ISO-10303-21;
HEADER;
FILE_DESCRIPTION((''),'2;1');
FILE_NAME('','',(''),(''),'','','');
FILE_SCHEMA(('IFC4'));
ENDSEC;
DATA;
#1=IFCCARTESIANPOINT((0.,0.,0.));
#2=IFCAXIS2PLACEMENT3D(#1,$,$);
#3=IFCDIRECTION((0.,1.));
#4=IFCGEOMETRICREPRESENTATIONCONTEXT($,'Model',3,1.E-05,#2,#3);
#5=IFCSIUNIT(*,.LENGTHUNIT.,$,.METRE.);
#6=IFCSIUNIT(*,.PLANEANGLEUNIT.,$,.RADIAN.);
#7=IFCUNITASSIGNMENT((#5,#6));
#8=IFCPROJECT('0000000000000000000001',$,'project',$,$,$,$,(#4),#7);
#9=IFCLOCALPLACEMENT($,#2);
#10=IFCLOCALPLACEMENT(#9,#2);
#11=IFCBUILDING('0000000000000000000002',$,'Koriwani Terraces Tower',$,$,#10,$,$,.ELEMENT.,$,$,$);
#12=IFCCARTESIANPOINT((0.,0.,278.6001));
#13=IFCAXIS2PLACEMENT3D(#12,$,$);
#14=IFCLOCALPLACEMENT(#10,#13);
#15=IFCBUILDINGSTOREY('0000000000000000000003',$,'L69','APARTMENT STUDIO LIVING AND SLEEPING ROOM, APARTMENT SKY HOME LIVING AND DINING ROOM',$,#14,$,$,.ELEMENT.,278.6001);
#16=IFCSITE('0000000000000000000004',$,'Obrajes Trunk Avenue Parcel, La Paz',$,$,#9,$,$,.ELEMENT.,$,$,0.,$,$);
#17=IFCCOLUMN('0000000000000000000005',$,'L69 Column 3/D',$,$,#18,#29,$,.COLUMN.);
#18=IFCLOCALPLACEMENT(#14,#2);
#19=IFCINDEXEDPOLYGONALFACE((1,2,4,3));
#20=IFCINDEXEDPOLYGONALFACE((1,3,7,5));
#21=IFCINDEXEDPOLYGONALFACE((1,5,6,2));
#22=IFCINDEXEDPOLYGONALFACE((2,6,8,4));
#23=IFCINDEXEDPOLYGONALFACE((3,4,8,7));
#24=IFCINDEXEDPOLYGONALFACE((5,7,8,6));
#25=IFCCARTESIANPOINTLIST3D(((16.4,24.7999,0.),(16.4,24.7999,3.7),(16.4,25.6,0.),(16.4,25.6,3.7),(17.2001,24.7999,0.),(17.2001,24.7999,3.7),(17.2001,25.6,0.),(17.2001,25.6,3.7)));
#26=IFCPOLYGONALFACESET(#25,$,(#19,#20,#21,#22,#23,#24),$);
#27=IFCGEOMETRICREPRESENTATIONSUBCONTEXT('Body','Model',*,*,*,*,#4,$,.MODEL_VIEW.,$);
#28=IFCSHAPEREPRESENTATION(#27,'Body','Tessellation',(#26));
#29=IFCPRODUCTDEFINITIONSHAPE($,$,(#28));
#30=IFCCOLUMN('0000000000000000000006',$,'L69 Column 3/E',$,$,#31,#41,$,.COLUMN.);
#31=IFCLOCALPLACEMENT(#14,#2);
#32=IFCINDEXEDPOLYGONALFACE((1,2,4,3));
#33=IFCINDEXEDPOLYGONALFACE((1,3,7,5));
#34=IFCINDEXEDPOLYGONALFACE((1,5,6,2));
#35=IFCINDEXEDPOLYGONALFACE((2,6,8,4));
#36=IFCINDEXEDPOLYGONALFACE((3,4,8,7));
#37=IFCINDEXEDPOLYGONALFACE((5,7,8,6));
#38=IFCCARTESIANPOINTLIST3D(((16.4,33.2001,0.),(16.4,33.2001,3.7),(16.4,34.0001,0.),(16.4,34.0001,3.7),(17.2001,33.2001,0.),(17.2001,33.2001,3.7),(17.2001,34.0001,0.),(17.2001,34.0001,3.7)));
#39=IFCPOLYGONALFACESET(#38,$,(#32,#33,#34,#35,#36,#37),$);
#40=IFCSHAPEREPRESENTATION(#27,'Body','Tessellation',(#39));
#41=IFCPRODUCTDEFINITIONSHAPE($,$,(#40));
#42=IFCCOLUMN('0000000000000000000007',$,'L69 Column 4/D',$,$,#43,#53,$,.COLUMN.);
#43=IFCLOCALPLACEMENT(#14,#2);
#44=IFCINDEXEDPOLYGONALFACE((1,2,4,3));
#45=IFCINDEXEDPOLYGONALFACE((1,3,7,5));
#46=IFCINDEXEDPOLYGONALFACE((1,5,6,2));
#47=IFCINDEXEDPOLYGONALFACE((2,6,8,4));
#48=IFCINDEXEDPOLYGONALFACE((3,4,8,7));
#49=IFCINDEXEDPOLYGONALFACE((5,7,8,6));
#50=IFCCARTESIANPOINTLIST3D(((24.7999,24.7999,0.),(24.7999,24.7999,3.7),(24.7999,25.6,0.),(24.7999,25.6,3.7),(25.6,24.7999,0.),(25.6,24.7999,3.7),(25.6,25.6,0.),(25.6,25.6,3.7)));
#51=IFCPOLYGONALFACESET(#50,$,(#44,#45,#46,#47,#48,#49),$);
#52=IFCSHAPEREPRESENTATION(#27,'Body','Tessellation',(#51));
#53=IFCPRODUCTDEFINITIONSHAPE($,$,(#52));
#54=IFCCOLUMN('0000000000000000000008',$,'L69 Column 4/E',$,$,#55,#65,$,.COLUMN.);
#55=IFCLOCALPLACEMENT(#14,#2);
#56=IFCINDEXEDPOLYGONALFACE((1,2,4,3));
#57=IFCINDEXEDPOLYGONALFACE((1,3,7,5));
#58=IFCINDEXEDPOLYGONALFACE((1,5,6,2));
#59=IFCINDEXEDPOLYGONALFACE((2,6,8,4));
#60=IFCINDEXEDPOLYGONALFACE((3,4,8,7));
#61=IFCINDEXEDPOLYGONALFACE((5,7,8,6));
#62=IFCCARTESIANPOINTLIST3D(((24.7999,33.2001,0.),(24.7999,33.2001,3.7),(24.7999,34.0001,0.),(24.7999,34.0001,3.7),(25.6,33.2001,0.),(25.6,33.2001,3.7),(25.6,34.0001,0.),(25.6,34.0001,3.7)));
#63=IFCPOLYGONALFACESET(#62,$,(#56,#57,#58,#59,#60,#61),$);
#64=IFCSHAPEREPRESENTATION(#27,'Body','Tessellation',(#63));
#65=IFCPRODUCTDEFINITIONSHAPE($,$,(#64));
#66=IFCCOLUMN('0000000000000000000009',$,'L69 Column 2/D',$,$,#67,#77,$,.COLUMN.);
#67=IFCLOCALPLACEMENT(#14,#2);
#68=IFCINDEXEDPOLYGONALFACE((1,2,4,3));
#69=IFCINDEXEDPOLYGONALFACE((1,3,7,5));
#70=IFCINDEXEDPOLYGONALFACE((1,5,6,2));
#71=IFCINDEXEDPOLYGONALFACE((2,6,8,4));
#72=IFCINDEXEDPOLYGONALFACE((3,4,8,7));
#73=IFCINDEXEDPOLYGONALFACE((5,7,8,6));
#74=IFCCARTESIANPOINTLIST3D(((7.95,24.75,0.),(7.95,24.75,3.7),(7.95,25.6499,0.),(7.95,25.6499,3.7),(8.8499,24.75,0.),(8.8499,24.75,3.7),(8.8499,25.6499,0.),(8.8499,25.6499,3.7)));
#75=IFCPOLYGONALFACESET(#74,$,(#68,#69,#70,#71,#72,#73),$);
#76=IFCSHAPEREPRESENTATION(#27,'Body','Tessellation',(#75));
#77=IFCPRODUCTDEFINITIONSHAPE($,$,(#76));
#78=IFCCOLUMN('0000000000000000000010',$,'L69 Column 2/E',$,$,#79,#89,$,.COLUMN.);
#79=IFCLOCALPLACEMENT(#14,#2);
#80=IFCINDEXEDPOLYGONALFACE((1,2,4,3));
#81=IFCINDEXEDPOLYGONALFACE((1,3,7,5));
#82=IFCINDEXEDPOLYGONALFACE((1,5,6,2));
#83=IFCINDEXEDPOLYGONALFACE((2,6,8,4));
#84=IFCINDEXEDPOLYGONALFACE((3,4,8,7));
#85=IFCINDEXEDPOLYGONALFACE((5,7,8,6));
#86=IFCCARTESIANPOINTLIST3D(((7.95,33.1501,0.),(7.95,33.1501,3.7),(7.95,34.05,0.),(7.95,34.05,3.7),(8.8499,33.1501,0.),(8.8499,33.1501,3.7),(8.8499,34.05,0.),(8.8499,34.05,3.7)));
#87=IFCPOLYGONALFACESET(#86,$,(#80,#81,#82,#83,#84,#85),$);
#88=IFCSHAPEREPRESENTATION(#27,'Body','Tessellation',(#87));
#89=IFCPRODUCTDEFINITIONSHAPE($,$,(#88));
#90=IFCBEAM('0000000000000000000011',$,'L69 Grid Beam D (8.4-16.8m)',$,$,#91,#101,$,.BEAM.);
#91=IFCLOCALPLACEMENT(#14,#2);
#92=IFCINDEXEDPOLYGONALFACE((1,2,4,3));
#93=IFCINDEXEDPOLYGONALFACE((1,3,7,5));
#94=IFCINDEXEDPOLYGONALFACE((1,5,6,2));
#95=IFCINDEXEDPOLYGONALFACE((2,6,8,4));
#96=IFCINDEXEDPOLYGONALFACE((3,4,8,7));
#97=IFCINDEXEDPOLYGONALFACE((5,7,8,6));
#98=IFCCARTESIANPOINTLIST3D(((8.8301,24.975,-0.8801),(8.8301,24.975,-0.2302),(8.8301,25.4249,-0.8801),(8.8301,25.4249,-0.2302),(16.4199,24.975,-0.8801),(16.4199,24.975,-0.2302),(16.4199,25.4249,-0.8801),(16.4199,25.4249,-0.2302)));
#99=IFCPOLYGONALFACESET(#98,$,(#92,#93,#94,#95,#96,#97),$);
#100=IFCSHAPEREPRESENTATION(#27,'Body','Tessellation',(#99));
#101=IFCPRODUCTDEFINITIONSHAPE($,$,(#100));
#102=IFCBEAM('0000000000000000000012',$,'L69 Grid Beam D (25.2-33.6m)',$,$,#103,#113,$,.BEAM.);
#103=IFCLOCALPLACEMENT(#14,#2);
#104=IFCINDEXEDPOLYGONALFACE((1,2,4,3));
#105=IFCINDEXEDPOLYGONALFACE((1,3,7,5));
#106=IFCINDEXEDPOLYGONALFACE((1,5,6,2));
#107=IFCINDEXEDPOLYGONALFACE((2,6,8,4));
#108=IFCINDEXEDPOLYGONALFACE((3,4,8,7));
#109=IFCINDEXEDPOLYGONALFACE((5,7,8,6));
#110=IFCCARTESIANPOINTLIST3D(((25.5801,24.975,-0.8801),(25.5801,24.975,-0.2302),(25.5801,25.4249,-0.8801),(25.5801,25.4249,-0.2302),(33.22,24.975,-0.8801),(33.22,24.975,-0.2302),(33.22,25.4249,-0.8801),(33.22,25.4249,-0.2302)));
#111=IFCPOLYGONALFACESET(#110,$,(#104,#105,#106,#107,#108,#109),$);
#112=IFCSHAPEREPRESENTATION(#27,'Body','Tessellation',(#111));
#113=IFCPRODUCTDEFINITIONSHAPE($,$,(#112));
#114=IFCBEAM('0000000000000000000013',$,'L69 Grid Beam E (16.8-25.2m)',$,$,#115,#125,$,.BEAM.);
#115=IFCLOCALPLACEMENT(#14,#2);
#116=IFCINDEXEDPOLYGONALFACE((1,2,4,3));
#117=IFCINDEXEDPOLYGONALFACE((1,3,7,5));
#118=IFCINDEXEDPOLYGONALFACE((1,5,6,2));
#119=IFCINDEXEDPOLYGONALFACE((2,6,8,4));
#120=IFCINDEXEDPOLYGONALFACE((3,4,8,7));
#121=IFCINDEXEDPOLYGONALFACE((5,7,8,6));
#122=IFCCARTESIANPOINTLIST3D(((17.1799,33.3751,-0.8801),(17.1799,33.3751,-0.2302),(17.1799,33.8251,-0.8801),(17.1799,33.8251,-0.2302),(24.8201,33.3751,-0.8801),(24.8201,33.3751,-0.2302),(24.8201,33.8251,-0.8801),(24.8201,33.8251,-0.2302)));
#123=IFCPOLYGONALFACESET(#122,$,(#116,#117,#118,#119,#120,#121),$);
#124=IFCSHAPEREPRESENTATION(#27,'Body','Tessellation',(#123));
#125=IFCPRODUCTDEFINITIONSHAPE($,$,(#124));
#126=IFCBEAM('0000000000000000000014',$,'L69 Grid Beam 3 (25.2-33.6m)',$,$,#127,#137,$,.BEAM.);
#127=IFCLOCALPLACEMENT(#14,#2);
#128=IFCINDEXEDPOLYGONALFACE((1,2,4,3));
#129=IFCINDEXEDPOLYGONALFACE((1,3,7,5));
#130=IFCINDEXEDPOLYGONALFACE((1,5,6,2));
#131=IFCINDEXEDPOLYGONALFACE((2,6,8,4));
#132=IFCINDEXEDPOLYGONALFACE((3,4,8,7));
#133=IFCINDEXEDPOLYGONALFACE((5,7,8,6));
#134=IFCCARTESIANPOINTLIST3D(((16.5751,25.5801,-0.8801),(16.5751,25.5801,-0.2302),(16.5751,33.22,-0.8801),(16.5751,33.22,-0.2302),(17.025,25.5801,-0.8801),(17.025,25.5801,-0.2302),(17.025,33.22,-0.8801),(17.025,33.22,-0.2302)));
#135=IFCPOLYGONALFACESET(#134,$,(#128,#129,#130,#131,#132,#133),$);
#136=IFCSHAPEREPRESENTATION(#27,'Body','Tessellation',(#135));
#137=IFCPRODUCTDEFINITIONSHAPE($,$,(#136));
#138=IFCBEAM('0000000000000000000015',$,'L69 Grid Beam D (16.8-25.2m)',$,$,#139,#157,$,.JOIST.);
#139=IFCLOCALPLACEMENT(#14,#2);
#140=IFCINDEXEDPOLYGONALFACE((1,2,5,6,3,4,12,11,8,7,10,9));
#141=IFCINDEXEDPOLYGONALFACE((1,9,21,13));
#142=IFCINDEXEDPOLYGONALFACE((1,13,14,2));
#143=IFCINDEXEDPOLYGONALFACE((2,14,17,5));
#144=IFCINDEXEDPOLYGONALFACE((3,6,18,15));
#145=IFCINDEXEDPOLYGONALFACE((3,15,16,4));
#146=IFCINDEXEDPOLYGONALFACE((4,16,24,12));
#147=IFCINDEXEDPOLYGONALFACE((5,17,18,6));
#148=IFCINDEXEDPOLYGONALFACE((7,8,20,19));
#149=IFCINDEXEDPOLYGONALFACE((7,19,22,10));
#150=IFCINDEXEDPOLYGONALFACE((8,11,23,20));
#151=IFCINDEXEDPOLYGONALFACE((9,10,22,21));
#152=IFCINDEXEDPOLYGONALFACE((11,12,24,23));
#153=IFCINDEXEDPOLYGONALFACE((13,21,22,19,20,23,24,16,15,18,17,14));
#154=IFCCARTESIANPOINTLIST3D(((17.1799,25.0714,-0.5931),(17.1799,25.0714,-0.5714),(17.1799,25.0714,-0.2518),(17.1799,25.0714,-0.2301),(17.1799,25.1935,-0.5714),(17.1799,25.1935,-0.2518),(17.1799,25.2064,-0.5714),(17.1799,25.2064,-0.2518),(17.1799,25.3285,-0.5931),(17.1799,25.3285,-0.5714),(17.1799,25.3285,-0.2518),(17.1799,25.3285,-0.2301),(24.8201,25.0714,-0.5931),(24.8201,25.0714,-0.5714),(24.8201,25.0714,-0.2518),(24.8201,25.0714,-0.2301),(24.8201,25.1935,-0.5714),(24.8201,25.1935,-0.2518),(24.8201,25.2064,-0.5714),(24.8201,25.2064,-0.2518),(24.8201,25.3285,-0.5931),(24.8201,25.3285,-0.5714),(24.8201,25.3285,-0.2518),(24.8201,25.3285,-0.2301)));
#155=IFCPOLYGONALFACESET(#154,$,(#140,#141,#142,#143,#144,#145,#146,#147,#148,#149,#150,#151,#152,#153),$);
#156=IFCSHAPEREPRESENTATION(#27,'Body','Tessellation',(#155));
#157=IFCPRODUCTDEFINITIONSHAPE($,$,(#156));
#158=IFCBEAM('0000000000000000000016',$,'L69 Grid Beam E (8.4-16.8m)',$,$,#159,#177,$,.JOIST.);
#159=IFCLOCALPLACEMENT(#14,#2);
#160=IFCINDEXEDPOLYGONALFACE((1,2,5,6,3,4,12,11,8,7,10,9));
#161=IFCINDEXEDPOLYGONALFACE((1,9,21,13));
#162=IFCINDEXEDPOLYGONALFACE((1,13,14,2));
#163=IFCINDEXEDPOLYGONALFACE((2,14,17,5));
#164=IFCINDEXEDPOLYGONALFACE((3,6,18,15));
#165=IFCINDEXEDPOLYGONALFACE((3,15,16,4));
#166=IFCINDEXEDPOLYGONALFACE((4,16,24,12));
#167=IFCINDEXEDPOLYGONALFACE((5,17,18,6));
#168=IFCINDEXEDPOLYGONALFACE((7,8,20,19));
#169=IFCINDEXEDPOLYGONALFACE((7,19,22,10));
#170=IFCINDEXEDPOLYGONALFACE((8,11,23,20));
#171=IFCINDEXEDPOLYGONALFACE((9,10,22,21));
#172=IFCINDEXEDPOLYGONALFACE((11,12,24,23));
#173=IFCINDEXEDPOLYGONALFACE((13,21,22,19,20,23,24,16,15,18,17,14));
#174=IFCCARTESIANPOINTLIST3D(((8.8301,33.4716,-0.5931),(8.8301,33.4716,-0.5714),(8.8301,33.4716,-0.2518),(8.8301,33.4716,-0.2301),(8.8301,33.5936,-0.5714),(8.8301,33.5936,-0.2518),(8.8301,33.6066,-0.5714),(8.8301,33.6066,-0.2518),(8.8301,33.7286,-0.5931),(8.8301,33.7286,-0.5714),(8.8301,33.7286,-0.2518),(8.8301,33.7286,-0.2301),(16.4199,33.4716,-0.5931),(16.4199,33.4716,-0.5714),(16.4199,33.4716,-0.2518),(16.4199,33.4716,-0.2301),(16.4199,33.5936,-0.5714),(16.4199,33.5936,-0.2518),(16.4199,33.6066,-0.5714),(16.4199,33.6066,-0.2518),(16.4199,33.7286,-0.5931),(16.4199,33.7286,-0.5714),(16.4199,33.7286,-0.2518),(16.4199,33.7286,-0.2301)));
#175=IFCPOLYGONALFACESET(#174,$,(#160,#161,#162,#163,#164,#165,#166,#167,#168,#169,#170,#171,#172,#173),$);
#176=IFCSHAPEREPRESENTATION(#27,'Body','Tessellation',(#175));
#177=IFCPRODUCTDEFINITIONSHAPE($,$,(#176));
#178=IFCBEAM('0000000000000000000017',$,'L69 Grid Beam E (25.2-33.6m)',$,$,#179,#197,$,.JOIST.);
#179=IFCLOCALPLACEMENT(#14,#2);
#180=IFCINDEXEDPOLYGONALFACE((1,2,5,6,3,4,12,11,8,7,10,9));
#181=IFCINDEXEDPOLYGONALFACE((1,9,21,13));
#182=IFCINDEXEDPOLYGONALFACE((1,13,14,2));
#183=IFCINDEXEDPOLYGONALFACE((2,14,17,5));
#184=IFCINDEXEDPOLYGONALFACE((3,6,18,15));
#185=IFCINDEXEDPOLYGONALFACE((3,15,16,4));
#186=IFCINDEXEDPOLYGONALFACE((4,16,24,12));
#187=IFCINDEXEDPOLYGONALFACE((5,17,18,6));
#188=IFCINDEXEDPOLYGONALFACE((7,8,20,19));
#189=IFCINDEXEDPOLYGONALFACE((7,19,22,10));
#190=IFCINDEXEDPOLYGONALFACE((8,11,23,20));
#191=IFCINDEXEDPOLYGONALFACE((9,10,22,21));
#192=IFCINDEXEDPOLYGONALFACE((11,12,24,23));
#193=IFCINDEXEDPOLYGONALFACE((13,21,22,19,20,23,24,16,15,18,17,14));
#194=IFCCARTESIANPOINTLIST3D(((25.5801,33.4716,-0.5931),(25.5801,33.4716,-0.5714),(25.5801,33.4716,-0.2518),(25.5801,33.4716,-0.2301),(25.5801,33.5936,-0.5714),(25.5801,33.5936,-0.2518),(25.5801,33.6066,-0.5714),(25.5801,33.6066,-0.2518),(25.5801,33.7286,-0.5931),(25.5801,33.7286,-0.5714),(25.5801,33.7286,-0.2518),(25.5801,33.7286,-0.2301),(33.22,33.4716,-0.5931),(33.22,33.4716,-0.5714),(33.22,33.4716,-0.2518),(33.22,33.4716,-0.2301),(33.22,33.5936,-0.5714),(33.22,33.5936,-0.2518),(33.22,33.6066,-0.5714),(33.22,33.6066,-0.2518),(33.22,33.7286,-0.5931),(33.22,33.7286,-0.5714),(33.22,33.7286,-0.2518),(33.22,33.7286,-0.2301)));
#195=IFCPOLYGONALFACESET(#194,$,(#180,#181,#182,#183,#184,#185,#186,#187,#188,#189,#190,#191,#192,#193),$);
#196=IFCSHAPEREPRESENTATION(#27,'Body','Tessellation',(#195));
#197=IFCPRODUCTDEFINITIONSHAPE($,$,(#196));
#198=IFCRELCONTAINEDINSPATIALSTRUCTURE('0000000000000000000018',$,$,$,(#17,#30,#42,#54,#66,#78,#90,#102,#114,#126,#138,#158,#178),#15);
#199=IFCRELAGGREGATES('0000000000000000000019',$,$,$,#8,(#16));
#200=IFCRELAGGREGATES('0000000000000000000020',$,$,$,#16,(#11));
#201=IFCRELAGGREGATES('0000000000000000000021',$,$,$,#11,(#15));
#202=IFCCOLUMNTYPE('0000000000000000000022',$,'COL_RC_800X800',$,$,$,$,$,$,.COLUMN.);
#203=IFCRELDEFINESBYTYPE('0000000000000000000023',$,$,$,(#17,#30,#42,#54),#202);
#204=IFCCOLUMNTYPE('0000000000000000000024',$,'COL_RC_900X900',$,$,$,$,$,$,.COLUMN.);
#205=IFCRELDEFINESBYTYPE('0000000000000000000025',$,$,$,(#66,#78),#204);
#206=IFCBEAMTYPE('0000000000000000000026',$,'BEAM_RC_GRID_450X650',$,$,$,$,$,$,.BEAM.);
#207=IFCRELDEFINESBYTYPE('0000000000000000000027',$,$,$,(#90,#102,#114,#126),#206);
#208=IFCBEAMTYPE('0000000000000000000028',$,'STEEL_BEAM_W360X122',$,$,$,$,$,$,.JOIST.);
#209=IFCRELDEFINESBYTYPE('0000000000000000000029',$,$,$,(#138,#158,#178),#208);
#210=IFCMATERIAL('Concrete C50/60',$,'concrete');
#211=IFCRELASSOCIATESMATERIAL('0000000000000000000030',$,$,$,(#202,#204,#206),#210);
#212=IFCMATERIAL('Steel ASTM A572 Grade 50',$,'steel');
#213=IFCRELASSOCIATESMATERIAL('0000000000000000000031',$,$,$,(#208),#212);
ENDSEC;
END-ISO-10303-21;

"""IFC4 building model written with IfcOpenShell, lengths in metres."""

from ifc_helpers import new_model, si_unit, direction, frame, origin, origin_2d, place, context, subcontext, project, spatial, rectangle, i_section, extrude, material, material_profile, profile_set, type_object, element, save


model = new_model("IFC4")

# Units and contexts
model_context = context("Model", 3, precision=1e-05, world=origin(), true_north=direction((0.0, 1.0)))
body_context = subcontext(model_context, "Body", "Model", "MODEL_VIEW")
ifc_project = project(units=[si_unit("LENGTHUNIT", "METRE"), si_unit("PLANEANGLEUNIT", "RADIAN")], contexts=[model_context])

# Site, building, storey
site_placement = place(None, origin())
site = spatial("IfcSite", under=ifc_project, at=site_placement, Name="Obrajes Trunk Avenue Parcel, La Paz", CompositionType="ELEMENT", RefElevation=0.0)
building_placement = place(site_placement, origin())
building = spatial("IfcBuilding", under=site, at=building_placement, Name="Koriwani Terraces Tower", CompositionType="ELEMENT")
storey_placement = place(building_placement, frame((0.0, 0.0, 278.6001)))
storey = spatial("IfcBuildingStorey", under=building, at=storey_placement, Name="L69", Description="APARTMENT STUDIO LIVING AND SLEEPING ROOM, APARTMENT SKY HOME LIVING AND DINING ROOM", CompositionType="ELEMENT", Elevation=278.6001)

# Columns
ifc_material_1 = material(Name="Concrete C50/60", Category="concrete")
ifc_material_profile_1 = material_profile(ifc_material_1, rectangle(XDim=0.8, YDim=0.8, at=origin_2d()), Name="Concrete C50/60", Category="LoadBearing")
ifc_profile_set_1 = profile_set([ifc_material_profile_1], Name="Concrete C50/60")
column_type_1 = type_object("IfcColumnType", Name="COL_RC_800X800", PredefinedType="COLUMN", material=ifc_profile_set_1)
for number, where, z_axis, x_axis, name in (
    (1, (16.8, 25.2, 0.0), (0.0, 0.0, 1.0), (1.0, 0.0, 0.0), "L69 Column 3/D"),
    (2, (16.8, 33.6001, 0.0), (0.0, 0.0, 1.0), (1.0, 0.0, 0.0), "L69 Column 3/E"),
    (3, (25.2, 25.2, 0.0), (0.0, 0.0, 1.0), (1.0, 0.0, 0.0), "L69 Column 4/D"),
    (4, (25.2, 33.6001, 0.0), (0.0, 0.0, 1.0), (1.0, 0.0, 0.0), "L69 Column 4/E"),
):
    element("IfcColumn", number, at=place(storey_placement, frame(where, z_axis=z_axis, x_axis=x_axis)), inside=storey, type_object=column_type_1, Name=name, PredefinedType="COLUMN", context=body_context, shape_type="SweptSolid", body=[
        extrude(rectangle(XDim=0.8, YDim=0.8, at=origin_2d()), origin(), (0.0, 0.0, 1.0), 3.7),
    ])
ifc_material_profile_2 = material_profile(ifc_material_1, rectangle(XDim=0.8999, YDim=0.8999, at=origin_2d()), Name="Concrete C50/60", Category="LoadBearing")
ifc_profile_set_2 = profile_set([ifc_material_profile_2], Name="Concrete C50/60")
column_type_2 = type_object("IfcColumnType", Name="COL_RC_900X900", PredefinedType="COLUMN", material=ifc_profile_set_2)
for number, where, z_axis, x_axis, name in (
    (5, (8.3999, 25.2, 0.0), (0.0, 0.0, 1.0), (1.0, 0.0, 0.0), "L69 Column 2/D"),
    (6, (8.3999, 33.6001, 0.0), (0.0, 0.0, 1.0), (1.0, 0.0, 0.0), "L69 Column 2/E"),
):
    element("IfcColumn", number, at=place(storey_placement, frame(where, z_axis=z_axis, x_axis=x_axis)), inside=storey, type_object=column_type_2, Name=name, PredefinedType="COLUMN", context=body_context, shape_type="SweptSolid", body=[
        extrude(rectangle(XDim=0.8999, YDim=0.8999, at=origin_2d()), origin(), (0.0, 0.0, 1.0), 3.7),
    ])

# Beams
ifc_material_profile_3 = material_profile(ifc_material_1, rectangle(XDim=0.45, YDim=0.6499, at=origin_2d()), Name="Concrete C50/60", Category="LoadBearing")
ifc_profile_set_3 = profile_set([ifc_material_profile_3], Name="Concrete C50/60")
beam_type_1 = type_object("IfcBeamType", Name="BEAM_RC_GRID_450X650", PredefinedType="BEAM", material=ifc_profile_set_3)
beam_1_placement = place(storey_placement, frame((8.8301, 25.2, -0.5552), z_axis=(1.0, 0.0, 0.0), x_axis=(0.0, 1.0, 0.0)))
element("IfcBeam", 7, at=beam_1_placement, inside=storey, type_object=beam_type_1, Name="L69 Grid Beam D (8.4-16.8m)", PredefinedType="BEAM", context=body_context, shape_type="SweptSolid", body=[
    extrude(rectangle(XDim=0.45, YDim=0.6499, at=origin_2d()), origin(), (0.0, 0.0, 1.0), 7.5898),
])
beam_2_placement = place(storey_placement, frame((25.5801, 25.2, -0.5552), z_axis=(1.0, 0.0, 0.0), x_axis=(0.0, 1.0, 0.0)))
element("IfcBeam", 8, at=beam_2_placement, inside=storey, type_object=beam_type_1, Name="L69 Grid Beam D (25.2-33.6m)", PredefinedType="BEAM", context=body_context, shape_type="SweptSolid", body=[
    extrude(rectangle(XDim=0.45, YDim=0.6499, at=origin_2d()), origin(), (0.0, 0.0, 1.0), 7.6399),
])
beam_3_placement = place(storey_placement, frame((17.1799, 33.6001, -0.5552), z_axis=(1.0, 0.0, 0.0), x_axis=(0.0, 1.0, 0.0)))
element("IfcBeam", 9, at=beam_3_placement, inside=storey, type_object=beam_type_1, Name="L69 Grid Beam E (16.8-25.2m)", PredefinedType="BEAM", context=body_context, shape_type="SweptSolid", body=[
    extrude(rectangle(XDim=0.45, YDim=0.6499, at=origin_2d()), origin(), (0.0, 0.0, 1.0), 7.6401),
])
beam_4_placement = place(storey_placement, frame((16.8, 25.5801, -0.5552), z_axis=(0.0, 1.0, 0.0), x_axis=(-1.0, 0.0, 0.0)))
element("IfcBeam", 10, at=beam_4_placement, inside=storey, type_object=beam_type_1, Name="L69 Grid Beam 3 (25.2-33.6m)", PredefinedType="BEAM", context=body_context, shape_type="SweptSolid", body=[
    extrude(rectangle(XDim=0.45, YDim=0.6499, at=origin_2d()), origin(), (0.0, 0.0, 1.0), 7.6399),
])
ifc_material_2 = material(Name="Steel ASTM A572 Grade 50", Category="steel")
ifc_material_profile_4 = material_profile(ifc_material_2, i_section(OverallWidth=0.2571, OverallDepth=0.363, WebThickness=0.0129, FlangeThickness=0.0217, at=origin_2d()), Name="Steel ASTM A572 Grade 50", Category="LoadBearing")
ifc_profile_set_4 = profile_set([ifc_material_profile_4], Name="Steel ASTM A572 Grade 50")
beam_type_2 = type_object("IfcBeamType", Name="STEEL_BEAM_W360X122", PredefinedType="JOIST", material=ifc_profile_set_4)
beam_5_placement = place(storey_placement, frame((17.1799, 25.2, -0.4116), z_axis=(1.0, 0.0, 0.0), x_axis=(0.0, 1.0, 0.0)))
element("IfcBeam", 11, at=beam_5_placement, inside=storey, type_object=beam_type_2, Name="L69 Grid Beam D (16.8-25.2m)", PredefinedType="JOIST", context=body_context, shape_type="SweptSolid", body=[
    extrude(i_section(OverallWidth=0.2571, OverallDepth=0.363, WebThickness=0.0129, FlangeThickness=0.0217, at=origin_2d()), origin(), (0.0, 0.0, 1.0), 7.6401),
])
beam_6_placement = place(storey_placement, frame((8.8301, 33.6001, -0.4116), z_axis=(1.0, 0.0, 0.0), x_axis=(0.0, 1.0, 0.0)))
element("IfcBeam", 12, at=beam_6_placement, inside=storey, type_object=beam_type_2, Name="L69 Grid Beam E (8.4-16.8m)", PredefinedType="JOIST", context=body_context, shape_type="SweptSolid", body=[
    extrude(i_section(OverallWidth=0.2571, OverallDepth=0.363, WebThickness=0.0129, FlangeThickness=0.0217, at=origin_2d()), origin(), (0.0, 0.0, 1.0), 7.5898),
])
for number, where, z_axis, x_axis, name in (
    (13, (25.5801, 33.6001, -0.4116), (1.0, 0.0, 0.0), (0.0, 1.0, 0.0), "L69 Grid Beam E (25.2-33.6m)"),
):
    element("IfcBeam", number, at=place(storey_placement, frame(where, z_axis=z_axis, x_axis=x_axis)), inside=storey, type_object=beam_type_2, Name=name, PredefinedType="JOIST", context=body_context, shape_type="SweptSolid", body=[
        extrude(i_section(OverallWidth=0.2571, OverallDepth=0.363, WebThickness=0.0129, FlangeThickness=0.0217, at=origin_2d()), origin(), (0.0, 0.0, 1.0), 7.6399),
    ])

save(model, "model.ifc")
